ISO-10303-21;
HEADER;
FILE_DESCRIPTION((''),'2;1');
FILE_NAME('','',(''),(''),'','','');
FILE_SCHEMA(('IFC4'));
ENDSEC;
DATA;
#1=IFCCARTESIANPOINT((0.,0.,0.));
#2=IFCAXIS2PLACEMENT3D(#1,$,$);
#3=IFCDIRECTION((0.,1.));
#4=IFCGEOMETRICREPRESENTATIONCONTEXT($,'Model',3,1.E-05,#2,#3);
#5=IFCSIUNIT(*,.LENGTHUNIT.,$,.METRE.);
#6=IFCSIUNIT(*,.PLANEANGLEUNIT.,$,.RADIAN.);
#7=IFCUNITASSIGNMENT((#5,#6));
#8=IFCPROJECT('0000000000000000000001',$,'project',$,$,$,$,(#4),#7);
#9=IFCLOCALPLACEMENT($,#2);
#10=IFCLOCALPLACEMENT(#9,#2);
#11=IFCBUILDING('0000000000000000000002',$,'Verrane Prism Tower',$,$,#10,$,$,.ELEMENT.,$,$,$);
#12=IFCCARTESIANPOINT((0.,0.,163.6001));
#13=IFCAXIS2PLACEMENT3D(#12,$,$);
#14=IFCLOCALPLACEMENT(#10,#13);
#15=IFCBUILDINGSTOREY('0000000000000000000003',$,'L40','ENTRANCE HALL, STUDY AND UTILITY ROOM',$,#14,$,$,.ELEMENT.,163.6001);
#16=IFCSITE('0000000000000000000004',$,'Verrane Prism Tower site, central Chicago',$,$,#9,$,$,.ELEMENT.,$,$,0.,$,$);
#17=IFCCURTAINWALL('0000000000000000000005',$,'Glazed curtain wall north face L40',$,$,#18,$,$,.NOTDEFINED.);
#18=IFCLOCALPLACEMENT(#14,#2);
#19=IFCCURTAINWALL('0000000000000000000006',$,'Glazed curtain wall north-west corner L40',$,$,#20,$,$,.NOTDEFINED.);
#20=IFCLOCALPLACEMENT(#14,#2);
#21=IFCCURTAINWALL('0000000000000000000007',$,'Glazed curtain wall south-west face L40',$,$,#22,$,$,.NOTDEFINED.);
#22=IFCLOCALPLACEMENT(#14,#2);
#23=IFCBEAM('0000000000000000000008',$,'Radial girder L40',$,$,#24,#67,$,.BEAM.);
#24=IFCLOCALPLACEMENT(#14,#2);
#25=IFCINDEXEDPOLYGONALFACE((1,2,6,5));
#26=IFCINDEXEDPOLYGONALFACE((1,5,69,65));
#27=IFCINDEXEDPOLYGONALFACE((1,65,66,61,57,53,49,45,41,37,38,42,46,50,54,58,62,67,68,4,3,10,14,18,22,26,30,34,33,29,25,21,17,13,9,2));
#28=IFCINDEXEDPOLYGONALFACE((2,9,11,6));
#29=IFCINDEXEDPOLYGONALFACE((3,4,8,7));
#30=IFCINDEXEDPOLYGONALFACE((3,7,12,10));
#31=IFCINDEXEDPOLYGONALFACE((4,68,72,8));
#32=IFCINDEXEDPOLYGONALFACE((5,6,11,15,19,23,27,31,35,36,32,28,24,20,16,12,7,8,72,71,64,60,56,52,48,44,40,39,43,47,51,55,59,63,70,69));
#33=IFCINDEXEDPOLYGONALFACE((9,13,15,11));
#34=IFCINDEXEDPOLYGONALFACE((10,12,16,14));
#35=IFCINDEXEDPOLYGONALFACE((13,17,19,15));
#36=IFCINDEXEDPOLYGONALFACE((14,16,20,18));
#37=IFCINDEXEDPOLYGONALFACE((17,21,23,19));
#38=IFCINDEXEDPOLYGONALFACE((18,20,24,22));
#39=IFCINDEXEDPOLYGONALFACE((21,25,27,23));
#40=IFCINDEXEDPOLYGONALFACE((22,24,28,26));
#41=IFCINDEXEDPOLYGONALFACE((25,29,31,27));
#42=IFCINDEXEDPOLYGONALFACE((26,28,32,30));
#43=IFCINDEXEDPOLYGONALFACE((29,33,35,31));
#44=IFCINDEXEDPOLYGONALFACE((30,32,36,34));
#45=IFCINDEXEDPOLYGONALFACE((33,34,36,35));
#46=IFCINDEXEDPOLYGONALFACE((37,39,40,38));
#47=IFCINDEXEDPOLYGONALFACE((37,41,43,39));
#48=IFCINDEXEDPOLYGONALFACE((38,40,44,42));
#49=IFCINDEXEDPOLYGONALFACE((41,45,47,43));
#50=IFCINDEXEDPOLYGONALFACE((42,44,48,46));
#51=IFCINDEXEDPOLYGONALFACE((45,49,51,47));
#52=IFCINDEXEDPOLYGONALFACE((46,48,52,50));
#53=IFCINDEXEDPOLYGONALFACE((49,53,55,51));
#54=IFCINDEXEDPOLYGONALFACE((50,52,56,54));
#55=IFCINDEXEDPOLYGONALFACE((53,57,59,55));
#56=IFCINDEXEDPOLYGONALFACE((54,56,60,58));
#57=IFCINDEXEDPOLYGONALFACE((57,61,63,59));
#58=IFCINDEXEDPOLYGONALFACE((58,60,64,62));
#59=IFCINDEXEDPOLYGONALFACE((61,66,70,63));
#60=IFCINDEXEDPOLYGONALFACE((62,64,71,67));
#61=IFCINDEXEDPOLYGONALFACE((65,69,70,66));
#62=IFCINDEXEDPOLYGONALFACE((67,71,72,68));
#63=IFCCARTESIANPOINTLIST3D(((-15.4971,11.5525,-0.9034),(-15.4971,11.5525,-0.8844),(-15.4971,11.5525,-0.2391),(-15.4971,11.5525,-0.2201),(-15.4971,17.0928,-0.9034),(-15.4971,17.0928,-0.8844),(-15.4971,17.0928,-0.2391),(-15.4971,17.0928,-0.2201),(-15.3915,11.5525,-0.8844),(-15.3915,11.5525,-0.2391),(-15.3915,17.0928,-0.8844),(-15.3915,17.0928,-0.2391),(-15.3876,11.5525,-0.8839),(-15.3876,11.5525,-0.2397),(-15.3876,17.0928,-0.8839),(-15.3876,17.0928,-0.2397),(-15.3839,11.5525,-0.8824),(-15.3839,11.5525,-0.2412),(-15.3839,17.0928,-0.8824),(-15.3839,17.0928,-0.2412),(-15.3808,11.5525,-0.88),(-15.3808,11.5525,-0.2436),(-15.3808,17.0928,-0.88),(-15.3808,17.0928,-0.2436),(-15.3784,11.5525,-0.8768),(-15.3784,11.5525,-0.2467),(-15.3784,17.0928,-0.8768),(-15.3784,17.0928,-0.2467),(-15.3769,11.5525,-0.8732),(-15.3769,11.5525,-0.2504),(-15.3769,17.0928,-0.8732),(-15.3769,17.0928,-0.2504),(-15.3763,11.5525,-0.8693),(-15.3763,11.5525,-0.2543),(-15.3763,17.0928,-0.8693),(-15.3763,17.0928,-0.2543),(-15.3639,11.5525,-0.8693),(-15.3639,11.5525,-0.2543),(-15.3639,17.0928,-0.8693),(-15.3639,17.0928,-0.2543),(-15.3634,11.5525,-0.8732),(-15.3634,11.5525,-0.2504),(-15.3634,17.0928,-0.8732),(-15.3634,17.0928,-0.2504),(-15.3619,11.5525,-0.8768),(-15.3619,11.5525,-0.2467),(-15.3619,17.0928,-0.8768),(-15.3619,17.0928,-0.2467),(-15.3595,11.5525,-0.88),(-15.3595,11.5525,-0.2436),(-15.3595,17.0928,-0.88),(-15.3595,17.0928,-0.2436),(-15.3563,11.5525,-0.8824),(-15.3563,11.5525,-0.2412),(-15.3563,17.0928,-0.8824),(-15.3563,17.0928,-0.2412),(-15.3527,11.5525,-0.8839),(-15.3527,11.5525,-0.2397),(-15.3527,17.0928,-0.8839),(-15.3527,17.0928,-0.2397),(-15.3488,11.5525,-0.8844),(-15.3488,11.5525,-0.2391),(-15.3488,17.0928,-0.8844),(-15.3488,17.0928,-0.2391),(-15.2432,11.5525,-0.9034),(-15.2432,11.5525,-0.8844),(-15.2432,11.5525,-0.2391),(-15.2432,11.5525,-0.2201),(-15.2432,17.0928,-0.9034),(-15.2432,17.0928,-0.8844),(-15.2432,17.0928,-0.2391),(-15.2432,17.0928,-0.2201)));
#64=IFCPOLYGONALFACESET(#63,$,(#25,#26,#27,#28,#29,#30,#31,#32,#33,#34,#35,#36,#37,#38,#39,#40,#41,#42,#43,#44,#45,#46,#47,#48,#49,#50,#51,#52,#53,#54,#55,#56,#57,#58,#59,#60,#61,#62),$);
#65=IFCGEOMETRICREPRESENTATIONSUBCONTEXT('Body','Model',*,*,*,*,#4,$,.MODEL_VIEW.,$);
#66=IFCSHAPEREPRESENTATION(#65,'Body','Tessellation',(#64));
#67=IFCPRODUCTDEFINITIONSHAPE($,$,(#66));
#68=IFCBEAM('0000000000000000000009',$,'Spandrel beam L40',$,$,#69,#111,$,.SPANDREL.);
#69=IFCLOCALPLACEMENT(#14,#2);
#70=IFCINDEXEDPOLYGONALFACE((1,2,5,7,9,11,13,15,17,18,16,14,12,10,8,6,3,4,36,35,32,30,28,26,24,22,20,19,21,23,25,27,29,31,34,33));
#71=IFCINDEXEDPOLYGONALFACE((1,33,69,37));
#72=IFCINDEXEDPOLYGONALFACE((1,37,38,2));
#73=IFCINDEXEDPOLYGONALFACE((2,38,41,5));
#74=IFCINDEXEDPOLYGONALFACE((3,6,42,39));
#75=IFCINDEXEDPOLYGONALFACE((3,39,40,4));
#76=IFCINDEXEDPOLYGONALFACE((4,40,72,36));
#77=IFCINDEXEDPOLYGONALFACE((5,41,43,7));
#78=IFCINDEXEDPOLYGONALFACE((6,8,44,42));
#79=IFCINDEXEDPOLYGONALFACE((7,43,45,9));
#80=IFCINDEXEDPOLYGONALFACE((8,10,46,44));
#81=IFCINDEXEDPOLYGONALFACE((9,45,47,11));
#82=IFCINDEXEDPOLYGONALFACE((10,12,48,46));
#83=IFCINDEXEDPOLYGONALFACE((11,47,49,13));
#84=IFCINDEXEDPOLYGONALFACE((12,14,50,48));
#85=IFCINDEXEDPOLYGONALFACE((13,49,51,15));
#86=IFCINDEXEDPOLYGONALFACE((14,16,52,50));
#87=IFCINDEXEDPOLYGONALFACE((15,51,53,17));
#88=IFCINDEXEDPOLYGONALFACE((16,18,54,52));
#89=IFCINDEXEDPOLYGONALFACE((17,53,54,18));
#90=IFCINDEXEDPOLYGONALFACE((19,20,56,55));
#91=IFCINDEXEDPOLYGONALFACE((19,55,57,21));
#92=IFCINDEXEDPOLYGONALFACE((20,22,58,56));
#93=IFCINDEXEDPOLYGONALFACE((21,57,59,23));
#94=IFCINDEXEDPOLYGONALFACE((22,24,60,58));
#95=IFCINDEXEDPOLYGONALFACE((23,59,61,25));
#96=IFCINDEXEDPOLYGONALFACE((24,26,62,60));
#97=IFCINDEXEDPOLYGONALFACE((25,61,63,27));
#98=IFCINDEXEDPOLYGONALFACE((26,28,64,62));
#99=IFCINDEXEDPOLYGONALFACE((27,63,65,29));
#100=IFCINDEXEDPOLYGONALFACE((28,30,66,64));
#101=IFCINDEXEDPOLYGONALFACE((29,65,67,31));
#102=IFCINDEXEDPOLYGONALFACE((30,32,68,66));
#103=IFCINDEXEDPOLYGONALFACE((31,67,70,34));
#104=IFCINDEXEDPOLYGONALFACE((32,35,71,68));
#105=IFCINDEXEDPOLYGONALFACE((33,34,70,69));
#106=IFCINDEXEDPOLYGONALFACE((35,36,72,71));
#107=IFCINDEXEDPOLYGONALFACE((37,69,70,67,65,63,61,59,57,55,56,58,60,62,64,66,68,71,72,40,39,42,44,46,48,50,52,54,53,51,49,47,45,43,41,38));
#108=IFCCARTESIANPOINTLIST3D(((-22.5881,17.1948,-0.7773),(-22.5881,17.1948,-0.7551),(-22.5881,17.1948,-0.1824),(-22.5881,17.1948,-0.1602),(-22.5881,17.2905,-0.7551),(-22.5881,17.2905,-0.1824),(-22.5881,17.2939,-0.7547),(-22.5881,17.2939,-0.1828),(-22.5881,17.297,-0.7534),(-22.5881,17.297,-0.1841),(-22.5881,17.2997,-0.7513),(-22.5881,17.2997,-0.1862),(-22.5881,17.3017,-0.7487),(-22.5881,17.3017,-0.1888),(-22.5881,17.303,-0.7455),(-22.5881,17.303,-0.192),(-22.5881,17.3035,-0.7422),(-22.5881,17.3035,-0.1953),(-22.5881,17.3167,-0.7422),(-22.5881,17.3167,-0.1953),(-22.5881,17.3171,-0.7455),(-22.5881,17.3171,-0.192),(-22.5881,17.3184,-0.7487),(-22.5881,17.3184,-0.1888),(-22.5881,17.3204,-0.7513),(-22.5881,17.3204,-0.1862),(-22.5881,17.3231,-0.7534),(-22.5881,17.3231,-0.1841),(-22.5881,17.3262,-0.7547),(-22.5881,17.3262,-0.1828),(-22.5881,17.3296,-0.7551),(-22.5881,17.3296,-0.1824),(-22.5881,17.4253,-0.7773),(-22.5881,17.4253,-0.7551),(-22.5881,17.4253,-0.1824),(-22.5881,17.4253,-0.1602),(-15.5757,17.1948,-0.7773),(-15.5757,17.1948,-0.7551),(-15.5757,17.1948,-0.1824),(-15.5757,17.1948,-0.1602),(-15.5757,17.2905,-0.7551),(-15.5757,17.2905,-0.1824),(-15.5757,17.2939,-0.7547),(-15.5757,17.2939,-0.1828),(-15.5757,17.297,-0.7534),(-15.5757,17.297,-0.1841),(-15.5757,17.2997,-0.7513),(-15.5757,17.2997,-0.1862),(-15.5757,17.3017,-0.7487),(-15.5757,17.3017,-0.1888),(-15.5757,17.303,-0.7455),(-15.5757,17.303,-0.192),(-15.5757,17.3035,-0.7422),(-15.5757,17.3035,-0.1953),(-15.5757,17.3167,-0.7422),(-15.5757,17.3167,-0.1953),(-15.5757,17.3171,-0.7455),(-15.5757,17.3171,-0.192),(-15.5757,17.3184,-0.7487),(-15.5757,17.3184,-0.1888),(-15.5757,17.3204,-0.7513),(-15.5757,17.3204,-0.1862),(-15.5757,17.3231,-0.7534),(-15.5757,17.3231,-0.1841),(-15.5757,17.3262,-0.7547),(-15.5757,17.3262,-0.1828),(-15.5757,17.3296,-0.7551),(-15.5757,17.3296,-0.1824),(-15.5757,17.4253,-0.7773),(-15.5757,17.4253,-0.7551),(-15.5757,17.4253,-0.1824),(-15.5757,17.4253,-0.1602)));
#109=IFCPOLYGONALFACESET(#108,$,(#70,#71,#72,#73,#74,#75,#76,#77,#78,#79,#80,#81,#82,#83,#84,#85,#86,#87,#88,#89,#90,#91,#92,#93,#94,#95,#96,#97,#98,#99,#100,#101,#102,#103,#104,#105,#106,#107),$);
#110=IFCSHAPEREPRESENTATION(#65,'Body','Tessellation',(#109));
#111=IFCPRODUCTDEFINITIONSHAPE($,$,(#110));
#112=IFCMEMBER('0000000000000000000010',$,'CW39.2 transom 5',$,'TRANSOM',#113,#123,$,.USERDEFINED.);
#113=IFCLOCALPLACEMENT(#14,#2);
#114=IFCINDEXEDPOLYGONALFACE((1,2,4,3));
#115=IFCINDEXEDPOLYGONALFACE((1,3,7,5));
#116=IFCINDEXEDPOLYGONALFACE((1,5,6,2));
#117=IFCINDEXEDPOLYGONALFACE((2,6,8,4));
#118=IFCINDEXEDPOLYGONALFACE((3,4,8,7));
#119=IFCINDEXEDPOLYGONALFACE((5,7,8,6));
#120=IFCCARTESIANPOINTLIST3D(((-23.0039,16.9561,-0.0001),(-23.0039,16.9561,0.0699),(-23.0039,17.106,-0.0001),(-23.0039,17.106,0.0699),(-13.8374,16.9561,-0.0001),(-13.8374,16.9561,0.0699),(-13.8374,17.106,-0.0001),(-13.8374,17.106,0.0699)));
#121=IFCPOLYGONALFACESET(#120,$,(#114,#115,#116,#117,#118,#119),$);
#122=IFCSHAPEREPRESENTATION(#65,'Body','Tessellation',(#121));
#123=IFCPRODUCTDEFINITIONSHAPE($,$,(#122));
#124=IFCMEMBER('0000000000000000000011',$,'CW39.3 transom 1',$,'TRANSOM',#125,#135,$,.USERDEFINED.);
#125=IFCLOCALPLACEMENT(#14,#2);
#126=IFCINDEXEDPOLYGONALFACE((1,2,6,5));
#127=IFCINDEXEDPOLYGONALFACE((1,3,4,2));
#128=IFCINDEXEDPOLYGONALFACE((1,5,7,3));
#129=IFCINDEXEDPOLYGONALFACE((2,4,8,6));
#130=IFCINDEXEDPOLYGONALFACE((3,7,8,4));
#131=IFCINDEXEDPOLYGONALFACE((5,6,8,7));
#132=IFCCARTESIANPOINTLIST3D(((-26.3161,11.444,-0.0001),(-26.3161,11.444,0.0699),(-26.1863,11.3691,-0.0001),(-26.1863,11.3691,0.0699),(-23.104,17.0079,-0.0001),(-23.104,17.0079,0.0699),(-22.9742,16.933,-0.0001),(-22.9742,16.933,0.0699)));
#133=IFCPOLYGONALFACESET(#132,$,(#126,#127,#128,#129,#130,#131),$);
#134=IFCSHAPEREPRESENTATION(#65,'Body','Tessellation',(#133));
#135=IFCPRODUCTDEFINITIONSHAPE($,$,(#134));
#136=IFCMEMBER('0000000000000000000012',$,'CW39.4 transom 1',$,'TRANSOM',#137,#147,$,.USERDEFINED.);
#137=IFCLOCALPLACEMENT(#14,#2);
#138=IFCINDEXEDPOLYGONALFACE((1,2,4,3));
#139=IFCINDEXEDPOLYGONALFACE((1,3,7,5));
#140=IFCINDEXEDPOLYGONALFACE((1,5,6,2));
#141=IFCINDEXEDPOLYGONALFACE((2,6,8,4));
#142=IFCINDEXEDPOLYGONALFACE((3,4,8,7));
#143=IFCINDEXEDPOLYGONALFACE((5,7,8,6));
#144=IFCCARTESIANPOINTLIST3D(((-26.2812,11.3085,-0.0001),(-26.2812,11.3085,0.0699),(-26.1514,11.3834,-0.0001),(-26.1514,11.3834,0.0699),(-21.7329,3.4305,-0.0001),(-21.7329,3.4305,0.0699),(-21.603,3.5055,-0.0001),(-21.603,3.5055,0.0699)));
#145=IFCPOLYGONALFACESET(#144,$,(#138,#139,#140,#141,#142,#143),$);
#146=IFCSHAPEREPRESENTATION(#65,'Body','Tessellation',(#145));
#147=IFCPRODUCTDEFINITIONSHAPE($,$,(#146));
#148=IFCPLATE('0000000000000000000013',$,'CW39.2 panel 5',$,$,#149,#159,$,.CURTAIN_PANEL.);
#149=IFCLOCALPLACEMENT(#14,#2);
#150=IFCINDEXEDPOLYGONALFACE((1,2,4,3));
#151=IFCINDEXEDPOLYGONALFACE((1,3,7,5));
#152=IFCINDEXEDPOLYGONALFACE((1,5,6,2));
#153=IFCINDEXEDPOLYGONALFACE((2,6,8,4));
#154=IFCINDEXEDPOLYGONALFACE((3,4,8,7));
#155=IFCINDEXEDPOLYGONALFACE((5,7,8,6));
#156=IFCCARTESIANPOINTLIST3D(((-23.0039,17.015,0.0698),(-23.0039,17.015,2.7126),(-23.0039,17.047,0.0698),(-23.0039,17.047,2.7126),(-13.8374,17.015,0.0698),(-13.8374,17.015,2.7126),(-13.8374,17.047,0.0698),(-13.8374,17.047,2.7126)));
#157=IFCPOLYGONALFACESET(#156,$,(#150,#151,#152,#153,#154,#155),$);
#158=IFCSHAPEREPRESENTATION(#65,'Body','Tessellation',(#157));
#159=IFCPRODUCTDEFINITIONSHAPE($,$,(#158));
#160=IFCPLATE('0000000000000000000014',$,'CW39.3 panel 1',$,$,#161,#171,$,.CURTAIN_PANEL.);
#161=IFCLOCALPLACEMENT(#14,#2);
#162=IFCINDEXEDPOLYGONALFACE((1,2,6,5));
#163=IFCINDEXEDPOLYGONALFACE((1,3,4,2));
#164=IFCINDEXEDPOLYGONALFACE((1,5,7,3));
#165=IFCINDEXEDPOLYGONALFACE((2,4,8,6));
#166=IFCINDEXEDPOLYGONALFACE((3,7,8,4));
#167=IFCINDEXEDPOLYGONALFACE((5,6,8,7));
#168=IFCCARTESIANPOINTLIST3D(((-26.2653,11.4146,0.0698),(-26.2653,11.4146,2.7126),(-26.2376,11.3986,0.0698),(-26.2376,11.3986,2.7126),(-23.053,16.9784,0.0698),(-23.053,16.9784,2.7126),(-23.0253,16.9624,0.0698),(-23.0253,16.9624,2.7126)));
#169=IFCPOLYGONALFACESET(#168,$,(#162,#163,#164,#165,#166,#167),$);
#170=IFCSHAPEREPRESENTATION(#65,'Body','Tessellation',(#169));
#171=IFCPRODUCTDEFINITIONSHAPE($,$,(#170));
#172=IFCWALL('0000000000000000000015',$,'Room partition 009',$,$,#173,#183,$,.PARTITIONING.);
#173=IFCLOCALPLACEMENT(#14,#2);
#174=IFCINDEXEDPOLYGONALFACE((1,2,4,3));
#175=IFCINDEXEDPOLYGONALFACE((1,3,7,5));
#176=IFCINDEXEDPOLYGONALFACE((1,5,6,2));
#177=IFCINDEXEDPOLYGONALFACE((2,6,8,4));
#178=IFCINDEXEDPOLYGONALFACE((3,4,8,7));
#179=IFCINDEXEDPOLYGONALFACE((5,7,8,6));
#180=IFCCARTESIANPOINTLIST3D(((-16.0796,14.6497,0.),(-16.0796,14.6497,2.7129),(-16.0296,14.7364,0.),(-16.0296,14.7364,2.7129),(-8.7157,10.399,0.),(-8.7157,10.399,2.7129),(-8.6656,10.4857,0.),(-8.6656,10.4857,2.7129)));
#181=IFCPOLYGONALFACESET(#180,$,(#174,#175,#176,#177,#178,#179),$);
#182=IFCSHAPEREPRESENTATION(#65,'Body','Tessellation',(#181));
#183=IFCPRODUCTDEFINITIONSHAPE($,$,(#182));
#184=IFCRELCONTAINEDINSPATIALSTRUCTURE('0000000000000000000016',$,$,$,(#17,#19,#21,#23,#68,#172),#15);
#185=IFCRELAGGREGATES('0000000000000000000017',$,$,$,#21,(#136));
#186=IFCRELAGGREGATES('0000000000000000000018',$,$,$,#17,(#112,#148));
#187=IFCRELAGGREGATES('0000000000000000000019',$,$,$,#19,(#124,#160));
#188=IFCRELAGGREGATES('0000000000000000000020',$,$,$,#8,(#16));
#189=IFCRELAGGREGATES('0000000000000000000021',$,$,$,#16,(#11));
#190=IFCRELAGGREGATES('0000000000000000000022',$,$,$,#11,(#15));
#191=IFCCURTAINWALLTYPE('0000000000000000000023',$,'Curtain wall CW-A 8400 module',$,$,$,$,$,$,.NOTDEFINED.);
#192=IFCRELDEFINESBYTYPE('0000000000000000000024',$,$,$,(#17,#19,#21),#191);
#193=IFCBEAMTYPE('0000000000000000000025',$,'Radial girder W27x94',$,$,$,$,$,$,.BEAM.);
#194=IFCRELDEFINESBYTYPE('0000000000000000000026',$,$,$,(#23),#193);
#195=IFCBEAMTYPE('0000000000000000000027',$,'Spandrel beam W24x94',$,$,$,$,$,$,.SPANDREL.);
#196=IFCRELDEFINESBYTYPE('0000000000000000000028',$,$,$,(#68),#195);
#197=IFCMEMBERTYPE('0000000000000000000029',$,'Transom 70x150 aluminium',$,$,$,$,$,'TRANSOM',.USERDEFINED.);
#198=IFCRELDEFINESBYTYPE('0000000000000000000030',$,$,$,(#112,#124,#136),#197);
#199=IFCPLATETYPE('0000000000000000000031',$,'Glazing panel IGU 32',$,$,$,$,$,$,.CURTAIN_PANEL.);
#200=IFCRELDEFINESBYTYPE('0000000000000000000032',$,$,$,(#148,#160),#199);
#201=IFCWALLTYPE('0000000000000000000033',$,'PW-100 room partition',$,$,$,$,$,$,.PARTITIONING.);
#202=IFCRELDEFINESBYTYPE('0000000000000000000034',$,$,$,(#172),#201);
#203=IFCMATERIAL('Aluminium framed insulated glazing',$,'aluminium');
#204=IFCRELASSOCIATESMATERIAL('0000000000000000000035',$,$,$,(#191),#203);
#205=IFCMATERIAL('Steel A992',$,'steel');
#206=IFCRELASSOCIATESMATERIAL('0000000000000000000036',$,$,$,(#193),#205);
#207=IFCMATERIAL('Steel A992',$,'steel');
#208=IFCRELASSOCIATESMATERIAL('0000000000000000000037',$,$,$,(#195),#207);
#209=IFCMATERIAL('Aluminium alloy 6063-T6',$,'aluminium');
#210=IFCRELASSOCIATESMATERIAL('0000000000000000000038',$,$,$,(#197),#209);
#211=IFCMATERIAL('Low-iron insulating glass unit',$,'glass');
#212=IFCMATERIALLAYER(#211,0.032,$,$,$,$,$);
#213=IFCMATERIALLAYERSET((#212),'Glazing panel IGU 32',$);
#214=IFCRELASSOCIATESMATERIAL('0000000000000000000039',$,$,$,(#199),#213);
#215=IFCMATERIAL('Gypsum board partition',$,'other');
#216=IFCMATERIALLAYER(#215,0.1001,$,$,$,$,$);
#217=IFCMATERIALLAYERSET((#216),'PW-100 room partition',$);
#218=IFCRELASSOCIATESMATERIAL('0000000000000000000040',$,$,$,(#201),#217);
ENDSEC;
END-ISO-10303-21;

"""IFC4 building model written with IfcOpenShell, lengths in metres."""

from ifc_helpers import new_model, si_unit, direction, frame, frame_2d, origin, origin_2d, place, context, subcontext, project, spatial, rectangle, i_section, extrude, material, layer, layer_set, material_profile, profile_set, type_object, element, aggregate, save


model = new_model("IFC4")

# Units and contexts
model_context = context("Model", 3, precision=1e-05, world=origin(), true_north=direction((0.0, 1.0)))
body_context = subcontext(model_context, "Body", "Model", "MODEL_VIEW")
ifc_project = project(units=[si_unit("LENGTHUNIT", "METRE"), si_unit("PLANEANGLEUNIT", "RADIAN")], contexts=[model_context])

# Site, building, storey
site_placement = place(None, origin())
site = spatial("IfcSite", under=ifc_project, at=site_placement, Name="Verrane Prism Tower site, central Chicago", CompositionType="ELEMENT", RefElevation=0.0)
building_placement = place(site_placement, origin())
building = spatial("IfcBuilding", under=site, at=building_placement, Name="Verrane Prism Tower", CompositionType="ELEMENT")
storey_placement = place(building_placement, frame((0.0, 0.0, 163.6001)))
storey = spatial("IfcBuildingStorey", under=building, at=storey_placement, Name="L40", Description="ENTRANCE HALL, STUDY AND UTILITY ROOM", CompositionType="ELEMENT", Elevation=163.6001)

# Curtain walls
ifc_material_1 = material(Name="Aluminium framed insulated glazing", Category="aluminium")
curtain_wall_type = type_object("IfcCurtainWallType", Name="Curtain wall CW-A 8400 module", PredefinedType="NOTDEFINED", material=ifc_material_1)
curtain_wall_1_placement = place(storey_placement, origin())
curtain_wall_1 = element("IfcCurtainWall", 1, at=curtain_wall_1_placement, inside=storey, type_object=curtain_wall_type, Name="Glazed curtain wall north face L40", PredefinedType="NOTDEFINED")
curtain_wall_2_placement = place(storey_placement, origin())
curtain_wall_2 = element("IfcCurtainWall", 2, at=curtain_wall_2_placement, inside=storey, type_object=curtain_wall_type, Name="Glazed curtain wall north-west corner L40", PredefinedType="NOTDEFINED")
curtain_wall_3_placement = place(storey_placement, origin())
curtain_wall_3 = element("IfcCurtainWall", 3, at=curtain_wall_3_placement, inside=storey, type_object=curtain_wall_type, Name="Glazed curtain wall south-west face L40", PredefinedType="NOTDEFINED")

# Beams
ifc_material_2 = material(Name="Steel A992", Category="steel")
ifc_material_profile_1 = material_profile(ifc_material_2, i_section(OverallWidth=0.2539, OverallDepth=0.6833, WebThickness=0.0125, FlangeThickness=0.019, FilletRadius=0.0151, at=origin_2d()), Name="W27x94")
ifc_profile_set_1 = profile_set([ifc_material_profile_1], Name="Steel A992")
beam_type_1 = type_object("IfcBeamType", Name="Radial girder W27x94", PredefinedType="BEAM", material=ifc_profile_set_1)
beam_1_placement = place(storey_placement, frame((-15.3701, 17.0928, -0.5618), z_axis=(0.0, -1.0, 0.0), x_axis=(1.0, 0.0, 0.0)))
element("IfcBeam", 4, at=beam_1_placement, inside=storey, type_object=beam_type_1, Name="Radial girder L40", PredefinedType="BEAM", context=body_context, shape_type="SweptSolid", body=[
    extrude(i_section(OverallWidth=0.2539, OverallDepth=0.6833, WebThickness=0.0125, FlangeThickness=0.019, FilletRadius=0.0151, at=origin_2d()), origin(), (0.0, 0.0, 1.0), 5.5403),
])
ifc_material_3 = material(Name="Steel A992", Category="steel")
ifc_material_profile_2 = material_profile(ifc_material_3, i_section(OverallWidth=0.2305, OverallDepth=0.6172, WebThickness=0.0132, FlangeThickness=0.0222, FilletRadius=0.0129, at=origin_2d()), Name="W24x94")
ifc_profile_set_2 = profile_set([ifc_material_profile_2], Name="Steel A992")
beam_type_2 = type_object("IfcBeamType", Name="Spandrel beam W24x94", PredefinedType="SPANDREL", material=ifc_profile_set_2)
beam_2_placement = place(storey_placement, frame((-15.5757, 17.3101, -0.4688), z_axis=(-1.0, 0.0, 0.0), x_axis=(0.0, -1.0, 0.0)))
element("IfcBeam", 5, at=beam_2_placement, inside=storey, type_object=beam_type_2, Name="Spandrel beam L40", PredefinedType="SPANDREL", context=body_context, shape_type="SweptSolid", body=[
    extrude(i_section(OverallWidth=0.2305, OverallDepth=0.6172, WebThickness=0.0132, FlangeThickness=0.0222, FilletRadius=0.0129, at=origin_2d()), origin(), (0.0, 0.0, 1.0), 7.0125),
])

# Members
ifc_material_4 = material(Name="Aluminium alloy 6063-T6", Category="aluminium")
ifc_material_profile_3 = material_profile(ifc_material_4, rectangle(XDim=0.1499, YDim=0.0701, at=origin_2d()), Name="Transom 70x150 aluminium")
ifc_profile_set_3 = profile_set([ifc_material_profile_3], Name="Aluminium alloy 6063-T6")
member_type_1 = type_object("IfcMemberType", Name="Transom 70x150 aluminium", ElementType="TRANSOM", PredefinedType="USERDEFINED", material=ifc_profile_set_3)
member_1_placement = place(storey_placement, frame((-13.8374, 17.031, 0.0349), z_axis=(-1.0, 0.0, 0.0), x_axis=(0.0, -1.0, 0.0)))
member_1 = element("IfcMember", 6, at=member_1_placement, type_object=member_type_1, Name="CW39.2 transom 5", ObjectType="TRANSOM", PredefinedType="USERDEFINED", context=body_context, shape_type="SweptSolid", body=[
    extrude(rectangle(XDim=0.1499, YDim=0.0701, at=origin_2d()), origin(), (0.0, 0.0, 1.0), 9.1665),
])
member_2_placement = place(storey_placement, frame((-23.0391, 16.9705, 0.0349), z_axis=(-0.499977, -0.866039, 0.0), x_axis=(0.866039, -0.499977, 0.0)))
member_2 = element("IfcMember", 7, at=member_2_placement, type_object=member_type_1, Name="CW39.3 transom 1", ObjectType="TRANSOM", PredefinedType="USERDEFINED", context=body_context, shape_type="SweptSolid", body=[
    extrude(rectangle(XDim=0.1499, YDim=0.0701, at=origin_2d()), origin(), (0.0, 0.0, 1.0), 6.4246),
])
member_3_placement = place(storey_placement, frame((-26.2163, 11.3459, 0.0349), z_axis=(0.500001, -0.866025, 0.0), x_axis=(0.866025, 0.500001, 0.0)))
member_3 = element("IfcMember", 8, at=member_3_placement, type_object=member_type_1, Name="CW39.4 transom 1", ObjectType="TRANSOM", PredefinedType="USERDEFINED", context=body_context, shape_type="SweptSolid", body=[
    extrude(rectangle(XDim=0.1499, YDim=0.0701, at=origin_2d()), origin(), (0.0, 0.0, 1.0), 9.0967),
])
aggregate(curtain_wall_3, [member_3])

# Plates
ifc_material_5 = material(Name="Low-iron insulating glass unit", Category="glass")
ifc_layer_1 = layer(ifc_material_5, 0.032)
ifc_layer_set_1 = layer_set([ifc_layer_1], Name="Glazing panel IGU 32")
plate_type = type_object("IfcPlateType", Name="Glazing panel IGU 32", PredefinedType="CURTAIN_PANEL", material=ifc_layer_set_1)
plate_1_placement = place(storey_placement, frame((-18.4207, 17.031, 0.0698), z_axis=(0.0, 0.0, 1.0), x_axis=(-1.0, 0.0, 0.0)))
plate_1 = element("IfcPlate", 9, at=plate_1_placement, type_object=plate_type, Name="CW39.2 panel 5", PredefinedType="CURTAIN_PANEL", context=body_context, shape_type="SweptSolid", body=[
    extrude(rectangle(XDim=9.1665, YDim=0.032, at=origin_2d()), origin(), (0.0, 0.0, 1.0), 2.6428),
])
aggregate(curtain_wall_1, [member_1, plate_1])
plate_2_placement = place(storey_placement, frame((-24.6453, 14.1885, 0.0698), z_axis=(0.0, 0.0, 1.0), x_axis=(-0.500006, -0.866022, 0.0)))
plate_2 = element("IfcPlate", 10, at=plate_2_placement, type_object=plate_type, Name="CW39.3 panel 1", PredefinedType="CURTAIN_PANEL", context=body_context, shape_type="SweptSolid", body=[
    extrude(rectangle(XDim=6.4246, YDim=0.032, at=origin_2d()), origin(), (0.0, 0.0, 1.0), 2.6428),
])
aggregate(curtain_wall_2, [member_2, plate_2])

# Wall
ifc_material_6 = material(Name="Gypsum board partition", Category="other")
ifc_layer_2 = layer(ifc_material_6, 0.1001)
ifc_layer_set_2 = layer_set([ifc_layer_2], Name="PW-100 room partition")
wall_type = type_object("IfcWallType", Name="PW-100 room partition", PredefinedType="PARTITIONING", material=ifc_layer_set_2)
wall_placement = place(storey_placement, frame((-16.0547, 14.6931, 0.0), z_axis=(0.0, 0.0, 1.0), x_axis=(0.86607, -0.499922, 0.0)))
element("IfcWall", 11, at=wall_placement, inside=storey, type_object=wall_type, Name="Room partition 009", PredefinedType="PARTITIONING", context=body_context, shape_type="SweptSolid", body=[
    extrude(rectangle(XDim=8.5027, YDim=0.1001, at=frame_2d((4.2515, 0.0))), origin(), (0.0, 0.0, 1.0), 2.7129),
])

save(model, "model.ifc")
